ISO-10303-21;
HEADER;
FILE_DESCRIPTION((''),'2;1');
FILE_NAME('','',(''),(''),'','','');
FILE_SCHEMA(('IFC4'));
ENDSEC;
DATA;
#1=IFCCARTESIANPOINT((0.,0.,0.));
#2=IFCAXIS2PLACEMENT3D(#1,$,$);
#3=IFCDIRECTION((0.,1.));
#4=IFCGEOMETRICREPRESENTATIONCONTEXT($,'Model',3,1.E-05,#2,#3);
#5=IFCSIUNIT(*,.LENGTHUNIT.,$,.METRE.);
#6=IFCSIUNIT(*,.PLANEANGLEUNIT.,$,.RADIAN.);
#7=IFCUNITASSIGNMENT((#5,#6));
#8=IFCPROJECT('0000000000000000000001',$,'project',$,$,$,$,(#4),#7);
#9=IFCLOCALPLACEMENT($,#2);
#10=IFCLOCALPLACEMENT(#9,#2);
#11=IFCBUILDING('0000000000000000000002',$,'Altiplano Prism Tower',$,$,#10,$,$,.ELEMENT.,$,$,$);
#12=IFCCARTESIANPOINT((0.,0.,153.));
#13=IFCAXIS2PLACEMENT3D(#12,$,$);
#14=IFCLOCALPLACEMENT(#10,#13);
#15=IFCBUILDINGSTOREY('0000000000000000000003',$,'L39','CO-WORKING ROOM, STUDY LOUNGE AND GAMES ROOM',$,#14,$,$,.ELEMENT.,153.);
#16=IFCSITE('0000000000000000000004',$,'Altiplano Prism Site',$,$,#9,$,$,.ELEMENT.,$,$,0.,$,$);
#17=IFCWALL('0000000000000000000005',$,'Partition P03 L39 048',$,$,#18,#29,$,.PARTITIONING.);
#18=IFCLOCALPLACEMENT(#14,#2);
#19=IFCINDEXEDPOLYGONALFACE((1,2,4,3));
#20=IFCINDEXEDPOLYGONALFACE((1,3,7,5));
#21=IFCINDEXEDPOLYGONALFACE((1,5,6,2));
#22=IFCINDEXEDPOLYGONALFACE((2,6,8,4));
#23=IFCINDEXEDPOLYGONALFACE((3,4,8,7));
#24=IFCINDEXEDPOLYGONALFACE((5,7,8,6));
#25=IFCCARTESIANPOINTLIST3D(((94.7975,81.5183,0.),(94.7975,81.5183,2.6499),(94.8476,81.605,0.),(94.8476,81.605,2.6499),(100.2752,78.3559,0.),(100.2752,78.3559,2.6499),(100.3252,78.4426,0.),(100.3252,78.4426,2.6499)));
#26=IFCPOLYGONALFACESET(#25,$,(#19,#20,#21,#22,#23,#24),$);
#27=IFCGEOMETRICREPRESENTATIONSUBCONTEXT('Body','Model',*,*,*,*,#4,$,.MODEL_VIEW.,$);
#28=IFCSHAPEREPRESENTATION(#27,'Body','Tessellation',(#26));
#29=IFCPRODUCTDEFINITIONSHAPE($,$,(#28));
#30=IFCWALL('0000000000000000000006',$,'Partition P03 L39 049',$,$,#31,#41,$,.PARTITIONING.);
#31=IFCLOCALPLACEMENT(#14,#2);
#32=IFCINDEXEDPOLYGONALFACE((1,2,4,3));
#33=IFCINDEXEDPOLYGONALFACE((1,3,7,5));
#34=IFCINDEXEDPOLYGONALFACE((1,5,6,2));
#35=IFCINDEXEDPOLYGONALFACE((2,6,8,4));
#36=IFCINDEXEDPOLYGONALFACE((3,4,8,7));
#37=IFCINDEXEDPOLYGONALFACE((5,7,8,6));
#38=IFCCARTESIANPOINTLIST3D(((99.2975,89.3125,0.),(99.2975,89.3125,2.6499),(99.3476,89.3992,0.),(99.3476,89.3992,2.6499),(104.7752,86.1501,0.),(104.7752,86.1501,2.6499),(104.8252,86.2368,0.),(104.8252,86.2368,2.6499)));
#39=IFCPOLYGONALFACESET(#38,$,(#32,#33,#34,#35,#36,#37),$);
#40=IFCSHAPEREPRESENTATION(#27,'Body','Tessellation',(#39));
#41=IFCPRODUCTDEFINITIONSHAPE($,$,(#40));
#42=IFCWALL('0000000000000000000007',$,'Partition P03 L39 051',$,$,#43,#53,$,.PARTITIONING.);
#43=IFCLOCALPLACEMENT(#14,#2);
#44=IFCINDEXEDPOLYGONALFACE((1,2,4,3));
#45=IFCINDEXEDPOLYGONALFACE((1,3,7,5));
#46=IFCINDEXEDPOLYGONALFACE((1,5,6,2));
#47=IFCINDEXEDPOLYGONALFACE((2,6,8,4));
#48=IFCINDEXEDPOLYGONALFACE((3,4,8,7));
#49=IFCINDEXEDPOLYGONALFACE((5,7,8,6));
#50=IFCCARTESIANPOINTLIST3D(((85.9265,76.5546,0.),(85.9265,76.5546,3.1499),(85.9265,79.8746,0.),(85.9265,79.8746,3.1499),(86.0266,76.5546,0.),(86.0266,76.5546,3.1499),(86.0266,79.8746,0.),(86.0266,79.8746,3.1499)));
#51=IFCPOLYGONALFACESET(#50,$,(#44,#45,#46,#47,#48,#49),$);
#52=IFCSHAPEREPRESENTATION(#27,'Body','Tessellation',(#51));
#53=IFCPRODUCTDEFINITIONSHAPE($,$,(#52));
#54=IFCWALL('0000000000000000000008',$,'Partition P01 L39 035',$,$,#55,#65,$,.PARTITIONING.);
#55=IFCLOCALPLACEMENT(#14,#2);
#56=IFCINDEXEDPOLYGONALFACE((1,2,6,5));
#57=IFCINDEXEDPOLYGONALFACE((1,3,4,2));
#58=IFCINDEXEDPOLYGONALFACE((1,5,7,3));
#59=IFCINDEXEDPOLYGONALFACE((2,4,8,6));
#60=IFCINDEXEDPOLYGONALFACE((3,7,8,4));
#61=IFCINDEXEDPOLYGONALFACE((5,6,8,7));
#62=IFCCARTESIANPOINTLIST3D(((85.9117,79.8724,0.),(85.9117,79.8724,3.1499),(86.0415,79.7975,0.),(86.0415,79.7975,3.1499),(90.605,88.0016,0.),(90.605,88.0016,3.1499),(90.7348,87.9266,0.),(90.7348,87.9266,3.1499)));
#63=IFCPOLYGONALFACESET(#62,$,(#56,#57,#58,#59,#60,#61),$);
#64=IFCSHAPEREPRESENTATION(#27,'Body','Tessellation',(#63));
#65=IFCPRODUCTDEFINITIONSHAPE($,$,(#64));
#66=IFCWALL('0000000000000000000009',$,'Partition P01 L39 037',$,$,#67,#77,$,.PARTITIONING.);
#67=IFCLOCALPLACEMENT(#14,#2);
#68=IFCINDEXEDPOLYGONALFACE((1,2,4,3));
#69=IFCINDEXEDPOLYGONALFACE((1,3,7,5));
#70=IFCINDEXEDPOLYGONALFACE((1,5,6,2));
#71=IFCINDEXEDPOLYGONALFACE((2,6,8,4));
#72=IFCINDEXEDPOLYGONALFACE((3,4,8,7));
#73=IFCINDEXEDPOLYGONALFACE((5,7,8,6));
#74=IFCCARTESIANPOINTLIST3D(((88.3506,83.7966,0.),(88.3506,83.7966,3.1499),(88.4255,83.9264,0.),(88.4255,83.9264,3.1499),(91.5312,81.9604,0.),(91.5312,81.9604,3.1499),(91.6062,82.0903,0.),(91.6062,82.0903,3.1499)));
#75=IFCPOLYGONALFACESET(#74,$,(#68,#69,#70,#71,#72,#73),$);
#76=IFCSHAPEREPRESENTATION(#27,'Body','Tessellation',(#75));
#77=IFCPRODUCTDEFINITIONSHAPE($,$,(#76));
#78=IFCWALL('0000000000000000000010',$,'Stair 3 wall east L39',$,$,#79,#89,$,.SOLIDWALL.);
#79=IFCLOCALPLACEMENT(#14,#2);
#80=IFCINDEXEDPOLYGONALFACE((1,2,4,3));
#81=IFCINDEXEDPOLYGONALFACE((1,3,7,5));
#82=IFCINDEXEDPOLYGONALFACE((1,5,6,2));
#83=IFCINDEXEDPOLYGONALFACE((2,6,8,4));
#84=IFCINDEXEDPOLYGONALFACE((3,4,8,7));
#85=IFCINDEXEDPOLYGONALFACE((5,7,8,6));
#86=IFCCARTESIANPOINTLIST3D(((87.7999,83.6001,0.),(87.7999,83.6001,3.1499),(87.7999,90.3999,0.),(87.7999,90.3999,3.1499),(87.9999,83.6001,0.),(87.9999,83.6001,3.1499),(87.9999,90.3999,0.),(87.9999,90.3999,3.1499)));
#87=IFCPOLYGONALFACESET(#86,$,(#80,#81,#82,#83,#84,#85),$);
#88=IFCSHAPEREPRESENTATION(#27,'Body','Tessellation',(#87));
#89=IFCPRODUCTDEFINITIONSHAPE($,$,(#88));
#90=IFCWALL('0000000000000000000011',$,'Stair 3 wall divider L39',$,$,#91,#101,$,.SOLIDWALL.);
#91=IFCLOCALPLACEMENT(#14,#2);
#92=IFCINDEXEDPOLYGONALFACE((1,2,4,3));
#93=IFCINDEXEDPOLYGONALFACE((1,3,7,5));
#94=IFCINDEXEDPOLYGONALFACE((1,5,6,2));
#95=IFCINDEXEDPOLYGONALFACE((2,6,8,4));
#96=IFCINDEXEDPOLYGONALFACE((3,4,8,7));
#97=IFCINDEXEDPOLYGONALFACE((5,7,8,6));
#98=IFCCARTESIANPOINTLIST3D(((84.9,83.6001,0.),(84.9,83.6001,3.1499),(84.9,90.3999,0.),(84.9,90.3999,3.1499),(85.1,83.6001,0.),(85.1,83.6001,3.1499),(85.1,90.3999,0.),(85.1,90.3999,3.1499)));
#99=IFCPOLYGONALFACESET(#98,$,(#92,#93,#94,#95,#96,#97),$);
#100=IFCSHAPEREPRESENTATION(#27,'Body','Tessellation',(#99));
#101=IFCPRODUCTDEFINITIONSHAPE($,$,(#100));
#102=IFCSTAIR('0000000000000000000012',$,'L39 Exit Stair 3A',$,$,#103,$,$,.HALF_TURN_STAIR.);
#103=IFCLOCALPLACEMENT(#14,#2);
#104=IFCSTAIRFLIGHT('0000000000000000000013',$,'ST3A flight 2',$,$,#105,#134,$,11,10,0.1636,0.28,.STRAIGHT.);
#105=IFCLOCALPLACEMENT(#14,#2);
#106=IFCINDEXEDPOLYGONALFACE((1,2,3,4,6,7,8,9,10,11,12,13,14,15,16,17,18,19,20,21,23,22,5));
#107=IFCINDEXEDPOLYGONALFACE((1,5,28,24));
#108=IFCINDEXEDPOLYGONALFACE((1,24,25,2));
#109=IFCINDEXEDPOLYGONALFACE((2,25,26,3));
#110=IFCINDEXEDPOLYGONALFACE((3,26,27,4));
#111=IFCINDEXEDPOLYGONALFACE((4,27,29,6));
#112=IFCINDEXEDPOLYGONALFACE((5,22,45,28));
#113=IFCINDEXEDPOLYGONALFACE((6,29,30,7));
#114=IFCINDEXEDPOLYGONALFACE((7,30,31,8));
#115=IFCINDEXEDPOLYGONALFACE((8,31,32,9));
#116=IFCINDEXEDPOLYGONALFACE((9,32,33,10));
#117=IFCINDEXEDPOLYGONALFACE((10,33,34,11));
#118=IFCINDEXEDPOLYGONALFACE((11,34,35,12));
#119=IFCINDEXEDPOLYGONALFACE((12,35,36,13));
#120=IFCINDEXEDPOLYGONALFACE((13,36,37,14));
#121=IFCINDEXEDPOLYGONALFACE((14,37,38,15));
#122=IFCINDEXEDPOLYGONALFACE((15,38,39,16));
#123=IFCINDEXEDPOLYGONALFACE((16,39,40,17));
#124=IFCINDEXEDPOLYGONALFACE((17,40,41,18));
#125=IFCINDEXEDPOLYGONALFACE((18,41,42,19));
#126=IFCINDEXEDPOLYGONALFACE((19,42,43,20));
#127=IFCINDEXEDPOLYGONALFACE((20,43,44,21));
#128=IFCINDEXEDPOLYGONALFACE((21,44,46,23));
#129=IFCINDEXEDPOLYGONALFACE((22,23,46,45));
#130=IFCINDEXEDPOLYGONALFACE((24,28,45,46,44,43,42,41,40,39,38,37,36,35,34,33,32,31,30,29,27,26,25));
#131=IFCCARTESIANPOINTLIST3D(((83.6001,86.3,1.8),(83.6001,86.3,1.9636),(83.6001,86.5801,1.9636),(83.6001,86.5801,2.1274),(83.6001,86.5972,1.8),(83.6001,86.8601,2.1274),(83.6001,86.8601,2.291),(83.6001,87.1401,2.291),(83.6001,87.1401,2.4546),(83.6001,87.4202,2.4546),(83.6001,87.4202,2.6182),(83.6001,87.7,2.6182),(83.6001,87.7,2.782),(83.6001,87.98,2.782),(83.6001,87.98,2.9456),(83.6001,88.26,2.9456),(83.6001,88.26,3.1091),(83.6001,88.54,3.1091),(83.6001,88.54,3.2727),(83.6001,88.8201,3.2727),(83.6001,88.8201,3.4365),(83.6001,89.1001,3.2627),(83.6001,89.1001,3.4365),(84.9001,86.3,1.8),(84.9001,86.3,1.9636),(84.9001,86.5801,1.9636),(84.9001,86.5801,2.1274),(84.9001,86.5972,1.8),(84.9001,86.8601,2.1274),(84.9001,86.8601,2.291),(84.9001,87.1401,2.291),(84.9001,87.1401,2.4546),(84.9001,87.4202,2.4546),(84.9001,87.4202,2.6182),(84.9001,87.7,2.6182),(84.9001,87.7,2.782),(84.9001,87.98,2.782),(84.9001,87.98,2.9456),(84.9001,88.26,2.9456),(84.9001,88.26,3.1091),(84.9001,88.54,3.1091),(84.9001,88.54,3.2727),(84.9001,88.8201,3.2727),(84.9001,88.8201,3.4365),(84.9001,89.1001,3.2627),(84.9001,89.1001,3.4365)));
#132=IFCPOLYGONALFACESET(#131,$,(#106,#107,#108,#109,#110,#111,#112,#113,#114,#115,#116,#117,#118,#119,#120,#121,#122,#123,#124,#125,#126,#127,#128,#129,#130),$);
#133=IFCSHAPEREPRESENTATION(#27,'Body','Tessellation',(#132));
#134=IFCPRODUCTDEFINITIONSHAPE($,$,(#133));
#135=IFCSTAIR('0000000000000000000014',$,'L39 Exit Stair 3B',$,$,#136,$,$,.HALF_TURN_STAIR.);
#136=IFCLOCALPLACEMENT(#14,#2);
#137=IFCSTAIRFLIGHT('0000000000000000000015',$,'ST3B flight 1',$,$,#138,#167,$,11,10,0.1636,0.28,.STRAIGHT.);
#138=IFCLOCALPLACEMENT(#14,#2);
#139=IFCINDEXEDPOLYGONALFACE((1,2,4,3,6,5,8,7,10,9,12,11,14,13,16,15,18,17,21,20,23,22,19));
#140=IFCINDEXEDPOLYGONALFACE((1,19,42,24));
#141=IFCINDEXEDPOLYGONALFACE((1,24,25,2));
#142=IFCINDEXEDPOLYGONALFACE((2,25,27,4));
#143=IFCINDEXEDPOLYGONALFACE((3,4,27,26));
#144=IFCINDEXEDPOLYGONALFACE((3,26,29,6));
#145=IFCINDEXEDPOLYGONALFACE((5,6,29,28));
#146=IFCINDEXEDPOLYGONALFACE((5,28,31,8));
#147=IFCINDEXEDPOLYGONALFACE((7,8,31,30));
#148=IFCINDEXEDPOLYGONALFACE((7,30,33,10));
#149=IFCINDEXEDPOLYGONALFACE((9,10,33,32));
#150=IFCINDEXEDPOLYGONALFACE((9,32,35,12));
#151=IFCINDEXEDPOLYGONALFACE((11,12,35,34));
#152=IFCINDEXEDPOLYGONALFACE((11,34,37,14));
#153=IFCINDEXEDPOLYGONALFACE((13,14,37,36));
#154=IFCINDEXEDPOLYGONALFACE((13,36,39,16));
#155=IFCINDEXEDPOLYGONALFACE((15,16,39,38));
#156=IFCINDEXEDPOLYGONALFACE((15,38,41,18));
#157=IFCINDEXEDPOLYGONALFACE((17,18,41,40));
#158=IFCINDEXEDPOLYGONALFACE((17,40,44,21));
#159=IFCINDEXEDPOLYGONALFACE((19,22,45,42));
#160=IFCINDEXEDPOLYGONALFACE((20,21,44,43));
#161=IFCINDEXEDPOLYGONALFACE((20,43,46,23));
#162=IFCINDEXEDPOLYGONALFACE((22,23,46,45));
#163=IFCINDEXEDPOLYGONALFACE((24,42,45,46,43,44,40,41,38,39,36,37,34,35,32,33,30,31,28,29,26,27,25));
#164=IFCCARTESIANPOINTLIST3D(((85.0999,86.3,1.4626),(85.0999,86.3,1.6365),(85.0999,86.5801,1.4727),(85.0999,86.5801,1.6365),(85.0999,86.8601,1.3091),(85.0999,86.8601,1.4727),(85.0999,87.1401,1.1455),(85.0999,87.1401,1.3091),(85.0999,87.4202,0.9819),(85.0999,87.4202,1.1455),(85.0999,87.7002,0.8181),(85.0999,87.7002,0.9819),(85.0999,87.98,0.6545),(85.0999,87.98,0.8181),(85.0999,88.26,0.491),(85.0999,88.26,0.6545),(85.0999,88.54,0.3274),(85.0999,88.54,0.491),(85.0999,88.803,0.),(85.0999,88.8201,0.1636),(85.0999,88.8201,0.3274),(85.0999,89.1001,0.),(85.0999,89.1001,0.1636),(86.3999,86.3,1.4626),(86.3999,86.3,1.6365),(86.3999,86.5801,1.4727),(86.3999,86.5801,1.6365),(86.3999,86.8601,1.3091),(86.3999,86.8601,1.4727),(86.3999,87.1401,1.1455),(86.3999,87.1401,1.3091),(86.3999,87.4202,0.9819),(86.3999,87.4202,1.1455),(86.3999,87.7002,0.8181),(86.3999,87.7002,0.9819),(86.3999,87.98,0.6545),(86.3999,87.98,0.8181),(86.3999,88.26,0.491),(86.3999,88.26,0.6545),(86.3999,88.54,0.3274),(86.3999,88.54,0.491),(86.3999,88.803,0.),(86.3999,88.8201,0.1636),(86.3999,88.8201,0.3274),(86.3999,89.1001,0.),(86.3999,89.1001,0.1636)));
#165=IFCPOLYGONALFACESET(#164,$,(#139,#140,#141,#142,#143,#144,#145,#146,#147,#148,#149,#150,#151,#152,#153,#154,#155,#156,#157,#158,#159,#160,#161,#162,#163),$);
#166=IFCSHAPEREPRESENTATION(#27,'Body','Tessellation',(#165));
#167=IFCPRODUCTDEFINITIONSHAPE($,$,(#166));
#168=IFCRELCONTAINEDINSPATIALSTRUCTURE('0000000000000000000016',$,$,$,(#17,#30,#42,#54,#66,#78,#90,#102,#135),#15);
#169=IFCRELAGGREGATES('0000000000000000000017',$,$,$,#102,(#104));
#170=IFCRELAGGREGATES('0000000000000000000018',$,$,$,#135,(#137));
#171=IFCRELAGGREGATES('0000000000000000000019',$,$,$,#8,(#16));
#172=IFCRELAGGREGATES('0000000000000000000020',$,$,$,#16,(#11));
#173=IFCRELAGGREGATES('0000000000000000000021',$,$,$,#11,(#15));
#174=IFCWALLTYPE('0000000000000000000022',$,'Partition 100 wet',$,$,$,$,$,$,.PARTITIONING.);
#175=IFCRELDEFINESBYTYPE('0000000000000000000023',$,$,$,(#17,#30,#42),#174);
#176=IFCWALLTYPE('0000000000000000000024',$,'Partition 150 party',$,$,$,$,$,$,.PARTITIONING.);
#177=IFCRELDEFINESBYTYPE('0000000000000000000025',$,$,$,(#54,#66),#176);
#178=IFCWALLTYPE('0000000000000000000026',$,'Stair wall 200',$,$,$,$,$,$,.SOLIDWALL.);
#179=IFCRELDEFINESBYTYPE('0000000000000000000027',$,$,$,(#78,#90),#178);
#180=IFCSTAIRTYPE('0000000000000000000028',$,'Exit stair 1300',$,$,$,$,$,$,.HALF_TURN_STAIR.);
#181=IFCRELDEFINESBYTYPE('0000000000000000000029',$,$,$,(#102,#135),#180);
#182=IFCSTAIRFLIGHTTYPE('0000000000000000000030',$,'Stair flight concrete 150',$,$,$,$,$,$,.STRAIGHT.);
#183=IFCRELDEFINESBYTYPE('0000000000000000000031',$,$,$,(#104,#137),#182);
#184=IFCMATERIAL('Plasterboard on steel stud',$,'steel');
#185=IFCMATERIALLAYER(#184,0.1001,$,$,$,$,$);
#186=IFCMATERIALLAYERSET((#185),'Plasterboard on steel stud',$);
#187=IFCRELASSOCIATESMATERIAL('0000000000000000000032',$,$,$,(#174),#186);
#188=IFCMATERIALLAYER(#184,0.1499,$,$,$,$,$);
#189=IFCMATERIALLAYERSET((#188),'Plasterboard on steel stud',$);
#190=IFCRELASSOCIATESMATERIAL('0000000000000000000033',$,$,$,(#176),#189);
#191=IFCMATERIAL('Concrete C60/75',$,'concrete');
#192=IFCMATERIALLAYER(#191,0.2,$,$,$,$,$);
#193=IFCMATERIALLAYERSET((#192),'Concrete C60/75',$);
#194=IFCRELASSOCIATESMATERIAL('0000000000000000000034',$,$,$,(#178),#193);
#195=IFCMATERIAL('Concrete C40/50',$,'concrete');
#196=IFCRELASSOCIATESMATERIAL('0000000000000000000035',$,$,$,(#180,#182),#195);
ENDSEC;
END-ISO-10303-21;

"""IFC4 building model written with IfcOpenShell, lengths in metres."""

from ifc_helpers import new_model, si_unit, direction, frame, frame_2d, origin, place, context, subcontext, project, spatial, polyline, rectangle, outline, extrude, material, layer, layer_set, type_object, element, aggregate, save


model = new_model("IFC4")

# Units and contexts
model_context = context("Model", 3, precision=1e-05, world=origin(), true_north=direction((0.0, 1.0)))
body_context = subcontext(model_context, "Body", "Model", "MODEL_VIEW")
ifc_project = project(units=[si_unit("LENGTHUNIT", "METRE"), si_unit("PLANEANGLEUNIT", "RADIAN")], contexts=[model_context])

# Site, building, storey
site_placement = place(None, origin())
site = spatial("IfcSite", under=ifc_project, at=site_placement, Name="Altiplano Prism Site", CompositionType="ELEMENT", RefElevation=0.0)
building_placement = place(site_placement, origin())
building = spatial("IfcBuilding", under=site, at=building_placement, Name="Altiplano Prism Tower", CompositionType="ELEMENT")
storey_placement = place(building_placement, frame((0.0, 0.0, 153.0)))
storey = spatial("IfcBuildingStorey", under=building, at=storey_placement, Name="L39", Description="CO-WORKING ROOM, STUDY LOUNGE AND GAMES ROOM", CompositionType="ELEMENT", Elevation=153.0)

# Shared definitions
ifc_material_1 = material(Name="Concrete C60/75", Category="concrete")

# Walls
ifc_material_2 = material(Name="Plasterboard on steel stud", Category="steel")
ifc_layer_1 = layer(ifc_material_2, 0.1001)
ifc_layer_set_1 = layer_set([ifc_layer_1], Name="Plasterboard on steel stud")
wall_type_1 = type_object("IfcWallType", Name="Partition 100 wet", PredefinedType="PARTITIONING", material=ifc_layer_set_1)
for number, where, z_axis, x_axis, name in (
    (1, (100.3003, 78.3992, 0.0), (0.0, 0.0, 1.0), (-0.866033, 0.499988, 0.0), "Partition P03 L39 048"),
    (2, (104.8003, 86.1934, 0.0), (0.0, 0.0, 1.0), (-0.866033, 0.499988, 0.0), "Partition P03 L39 049"),
):
    element("IfcWall", number, at=place(storey_placement, frame(where, z_axis=z_axis, x_axis=x_axis)), inside=storey, type_object=wall_type_1, Name=name, PredefinedType="PARTITIONING", context=body_context, shape_type="SweptSolid", body=[
        extrude(rectangle(XDim=6.325, YDim=0.1001, at=frame_2d((3.1626, 0.0))), origin(), (0.0, 0.0, 1.0), 2.6499),
    ])
wall_1_placement = place(storey_placement, frame((85.9766, 79.8748, 0.0), z_axis=(0.0, 0.0, 1.0), x_axis=(0.0, -1.0, 0.0)))
element("IfcWall", 3, at=wall_1_placement, inside=storey, type_object=wall_type_1, Name="Partition P03 L39 051", PredefinedType="PARTITIONING", context=body_context, shape_type="SweptSolid", body=[
    extrude(rectangle(XDim=3.3201, YDim=0.1001, at=frame_2d((1.6602, 0.0))), origin(), (0.0, 0.0, 1.0), 3.1499),
])
ifc_layer_2 = layer(ifc_material_2, 0.1499)
ifc_layer_set_2 = layer_set([ifc_layer_2], Name="Plasterboard on steel stud")
wall_type_2 = type_object("IfcWallType", Name="Partition 150 party", PredefinedType="PARTITIONING", material=ifc_layer_set_2)
wall_2_placement = place(storey_placement, frame((85.9766, 79.835, 0.0), z_axis=(0.0, 0.0, 1.0), x_axis=(0.499999, 0.866026, 0.0)))
element("IfcWall", 4, at=wall_2_placement, inside=storey, type_object=wall_type_2, Name="Partition P01 L39 035", PredefinedType="PARTITIONING", context=body_context, shape_type="SweptSolid", body=[
    extrude(rectangle(XDim=9.3867, YDim=0.1499, at=frame_2d((4.6934, 0.0))), origin(), (0.0, 0.0, 1.0), 3.1499),
])
wall_3_placement = place(storey_placement, frame((88.3879, 83.8616, 0.0), z_axis=(0.0, 0.0, 1.0), x_axis=(0.866046, -0.499964, 0.0)))
element("IfcWall", 5, at=wall_3_placement, inside=storey, type_object=wall_type_2, Name="Partition P01 L39 037", PredefinedType="PARTITIONING", context=body_context, shape_type="SweptSolid", body=[
    extrude(rectangle(XDim=3.6726, YDim=0.1499, at=frame_2d((1.8364, 0.0))), origin(), (0.0, 0.0, 1.0), 3.1499),
])
ifc_layer_3 = layer(ifc_material_1, 0.2)
ifc_layer_set_3 = layer_set([ifc_layer_3], Name="Concrete C60/75")
wall_type_3 = type_object("IfcWallType", Name="Stair wall 200", PredefinedType="SOLIDWALL", material=ifc_layer_set_3)
for number, where, z_axis, x_axis, name in (
    (6, (87.8999, 83.6001, 0.0), (0.0, 0.0, 1.0), (0.0, 1.0, 0.0), "Stair 3 wall east L39"),
    (7, (85.0, 83.6001, 0.0), (0.0, 0.0, 1.0), (0.0, 1.0, 0.0), "Stair 3 wall divider L39"),
):
    element("IfcWall", number, at=place(storey_placement, frame(where, z_axis=z_axis, x_axis=x_axis)), inside=storey, type_object=wall_type_3, Name=name, PredefinedType="SOLIDWALL", context=body_context, shape_type="SweptSolid", body=[
        extrude(rectangle(XDim=6.7998, YDim=0.2, at=frame_2d((3.3999, 0.0))), origin(), (0.0, 0.0, 1.0), 3.1499),
    ])

# Stair, stair flight
ifc_material_3 = material(Name="Concrete C40/50", Category="concrete")
stair_type = type_object("IfcStairType", Name="Exit stair 1300", PredefinedType="HALF_TURN_STAIR", material=ifc_material_3)
stair_1_placement = place(storey_placement, origin())
stair_1 = element("IfcStair", 8, at=stair_1_placement, inside=storey, type_object=stair_type, Name="L39 Exit Stair 3A", PredefinedType="HALF_TURN_STAIR")
stair_flight_type = type_object("IfcStairFlightType", Name="Stair flight concrete 150", PredefinedType="STRAIGHT", material=ifc_material_3)
stair_flight_1_placement = place(storey_placement, frame((84.25, 86.3, 1.8), z_axis=(0.0, 0.0, 1.0), x_axis=(0.0, 1.0, 0.0)))
stair_flight_1 = element("IfcStairFlight", 9, at=stair_flight_1_placement, type_object=stair_flight_type, Name="ST3A flight 2", NumberOfRisers=11, NumberOfTreads=10, PredefinedType="STRAIGHT", RiserHeight=0.1636, TreadLength=0.28, context=body_context, shape_type="SweptSolid", body=[
    extrude(outline(polyline([(0.0, 0.0), (0.0, 0.1636), (0.28, 0.1636), (0.28, 0.3274), (0.5601, 0.3274), (0.5601, 0.491), (0.8401, 0.491), (0.8401, 0.6545), (1.1201, 0.6545), (1.1201, 0.8181), (1.3999, 0.8181), (1.3999, 0.9819), (1.6799, 0.9819), (1.6799, 1.1455), (1.96, 1.1455), (1.96, 1.3091), (2.24, 1.3091), (2.24, 1.4727), (2.52, 1.4727), (2.52, 1.6365), (2.8, 1.6365), (2.8, 1.8), (2.8, 1.4626), (0.2971, 0.0), (0.0, 0.0)])), frame((0.0, 0.6499, 0.0), z_axis=(0.0, -1.0, 0.0), x_axis=(1.0, 0.0, 0.0)), (0.0, 0.0, 1.0), 1.3),
])
aggregate(stair_1, [stair_flight_1])

# Stair, stair flight
stair_2_placement = place(storey_placement, origin())
stair_2 = element("IfcStair", 10, at=stair_2_placement, inside=storey, type_object=stair_type, Name="L39 Exit Stair 3B", PredefinedType="HALF_TURN_STAIR")
stair_flight_2_placement = place(storey_placement, frame((85.75, 89.1001, 0.0), z_axis=(0.0, 0.0, 1.0), x_axis=(0.0, -1.0, 0.0)))
stair_flight_2 = element("IfcStairFlight", 11, at=stair_flight_2_placement, type_object=stair_flight_type, Name="ST3B flight 1", NumberOfRisers=11, NumberOfTreads=10, PredefinedType="STRAIGHT", RiserHeight=0.1636, TreadLength=0.28, context=body_context, shape_type="SweptSolid", body=[
    extrude(outline(polyline([(0.0, 0.0), (0.0, 0.1636), (0.28, 0.1636), (0.28, 0.3274), (0.5601, 0.3274), (0.5601, 0.491), (0.8401, 0.491), (0.8401, 0.6545), (1.1201, 0.6545), (1.1201, 0.8181), (1.3999, 0.8181), (1.3999, 0.9819), (1.6799, 0.9819), (1.6799, 1.1455), (1.96, 1.1455), (1.96, 1.3091), (2.24, 1.3091), (2.24, 1.4727), (2.52, 1.4727), (2.52, 1.6365), (2.8, 1.6365), (2.8, 1.8), (2.8, 1.4626), (0.2971, 0.0), (0.0, 0.0)])), frame((0.0, 0.6499, 0.0), z_axis=(0.0, -1.0, 0.0), x_axis=(1.0, 0.0, 0.0)), (0.0, 0.0, 1.0), 1.3),
])
aggregate(stair_2, [stair_flight_2])

save(model, "model.ifc")
